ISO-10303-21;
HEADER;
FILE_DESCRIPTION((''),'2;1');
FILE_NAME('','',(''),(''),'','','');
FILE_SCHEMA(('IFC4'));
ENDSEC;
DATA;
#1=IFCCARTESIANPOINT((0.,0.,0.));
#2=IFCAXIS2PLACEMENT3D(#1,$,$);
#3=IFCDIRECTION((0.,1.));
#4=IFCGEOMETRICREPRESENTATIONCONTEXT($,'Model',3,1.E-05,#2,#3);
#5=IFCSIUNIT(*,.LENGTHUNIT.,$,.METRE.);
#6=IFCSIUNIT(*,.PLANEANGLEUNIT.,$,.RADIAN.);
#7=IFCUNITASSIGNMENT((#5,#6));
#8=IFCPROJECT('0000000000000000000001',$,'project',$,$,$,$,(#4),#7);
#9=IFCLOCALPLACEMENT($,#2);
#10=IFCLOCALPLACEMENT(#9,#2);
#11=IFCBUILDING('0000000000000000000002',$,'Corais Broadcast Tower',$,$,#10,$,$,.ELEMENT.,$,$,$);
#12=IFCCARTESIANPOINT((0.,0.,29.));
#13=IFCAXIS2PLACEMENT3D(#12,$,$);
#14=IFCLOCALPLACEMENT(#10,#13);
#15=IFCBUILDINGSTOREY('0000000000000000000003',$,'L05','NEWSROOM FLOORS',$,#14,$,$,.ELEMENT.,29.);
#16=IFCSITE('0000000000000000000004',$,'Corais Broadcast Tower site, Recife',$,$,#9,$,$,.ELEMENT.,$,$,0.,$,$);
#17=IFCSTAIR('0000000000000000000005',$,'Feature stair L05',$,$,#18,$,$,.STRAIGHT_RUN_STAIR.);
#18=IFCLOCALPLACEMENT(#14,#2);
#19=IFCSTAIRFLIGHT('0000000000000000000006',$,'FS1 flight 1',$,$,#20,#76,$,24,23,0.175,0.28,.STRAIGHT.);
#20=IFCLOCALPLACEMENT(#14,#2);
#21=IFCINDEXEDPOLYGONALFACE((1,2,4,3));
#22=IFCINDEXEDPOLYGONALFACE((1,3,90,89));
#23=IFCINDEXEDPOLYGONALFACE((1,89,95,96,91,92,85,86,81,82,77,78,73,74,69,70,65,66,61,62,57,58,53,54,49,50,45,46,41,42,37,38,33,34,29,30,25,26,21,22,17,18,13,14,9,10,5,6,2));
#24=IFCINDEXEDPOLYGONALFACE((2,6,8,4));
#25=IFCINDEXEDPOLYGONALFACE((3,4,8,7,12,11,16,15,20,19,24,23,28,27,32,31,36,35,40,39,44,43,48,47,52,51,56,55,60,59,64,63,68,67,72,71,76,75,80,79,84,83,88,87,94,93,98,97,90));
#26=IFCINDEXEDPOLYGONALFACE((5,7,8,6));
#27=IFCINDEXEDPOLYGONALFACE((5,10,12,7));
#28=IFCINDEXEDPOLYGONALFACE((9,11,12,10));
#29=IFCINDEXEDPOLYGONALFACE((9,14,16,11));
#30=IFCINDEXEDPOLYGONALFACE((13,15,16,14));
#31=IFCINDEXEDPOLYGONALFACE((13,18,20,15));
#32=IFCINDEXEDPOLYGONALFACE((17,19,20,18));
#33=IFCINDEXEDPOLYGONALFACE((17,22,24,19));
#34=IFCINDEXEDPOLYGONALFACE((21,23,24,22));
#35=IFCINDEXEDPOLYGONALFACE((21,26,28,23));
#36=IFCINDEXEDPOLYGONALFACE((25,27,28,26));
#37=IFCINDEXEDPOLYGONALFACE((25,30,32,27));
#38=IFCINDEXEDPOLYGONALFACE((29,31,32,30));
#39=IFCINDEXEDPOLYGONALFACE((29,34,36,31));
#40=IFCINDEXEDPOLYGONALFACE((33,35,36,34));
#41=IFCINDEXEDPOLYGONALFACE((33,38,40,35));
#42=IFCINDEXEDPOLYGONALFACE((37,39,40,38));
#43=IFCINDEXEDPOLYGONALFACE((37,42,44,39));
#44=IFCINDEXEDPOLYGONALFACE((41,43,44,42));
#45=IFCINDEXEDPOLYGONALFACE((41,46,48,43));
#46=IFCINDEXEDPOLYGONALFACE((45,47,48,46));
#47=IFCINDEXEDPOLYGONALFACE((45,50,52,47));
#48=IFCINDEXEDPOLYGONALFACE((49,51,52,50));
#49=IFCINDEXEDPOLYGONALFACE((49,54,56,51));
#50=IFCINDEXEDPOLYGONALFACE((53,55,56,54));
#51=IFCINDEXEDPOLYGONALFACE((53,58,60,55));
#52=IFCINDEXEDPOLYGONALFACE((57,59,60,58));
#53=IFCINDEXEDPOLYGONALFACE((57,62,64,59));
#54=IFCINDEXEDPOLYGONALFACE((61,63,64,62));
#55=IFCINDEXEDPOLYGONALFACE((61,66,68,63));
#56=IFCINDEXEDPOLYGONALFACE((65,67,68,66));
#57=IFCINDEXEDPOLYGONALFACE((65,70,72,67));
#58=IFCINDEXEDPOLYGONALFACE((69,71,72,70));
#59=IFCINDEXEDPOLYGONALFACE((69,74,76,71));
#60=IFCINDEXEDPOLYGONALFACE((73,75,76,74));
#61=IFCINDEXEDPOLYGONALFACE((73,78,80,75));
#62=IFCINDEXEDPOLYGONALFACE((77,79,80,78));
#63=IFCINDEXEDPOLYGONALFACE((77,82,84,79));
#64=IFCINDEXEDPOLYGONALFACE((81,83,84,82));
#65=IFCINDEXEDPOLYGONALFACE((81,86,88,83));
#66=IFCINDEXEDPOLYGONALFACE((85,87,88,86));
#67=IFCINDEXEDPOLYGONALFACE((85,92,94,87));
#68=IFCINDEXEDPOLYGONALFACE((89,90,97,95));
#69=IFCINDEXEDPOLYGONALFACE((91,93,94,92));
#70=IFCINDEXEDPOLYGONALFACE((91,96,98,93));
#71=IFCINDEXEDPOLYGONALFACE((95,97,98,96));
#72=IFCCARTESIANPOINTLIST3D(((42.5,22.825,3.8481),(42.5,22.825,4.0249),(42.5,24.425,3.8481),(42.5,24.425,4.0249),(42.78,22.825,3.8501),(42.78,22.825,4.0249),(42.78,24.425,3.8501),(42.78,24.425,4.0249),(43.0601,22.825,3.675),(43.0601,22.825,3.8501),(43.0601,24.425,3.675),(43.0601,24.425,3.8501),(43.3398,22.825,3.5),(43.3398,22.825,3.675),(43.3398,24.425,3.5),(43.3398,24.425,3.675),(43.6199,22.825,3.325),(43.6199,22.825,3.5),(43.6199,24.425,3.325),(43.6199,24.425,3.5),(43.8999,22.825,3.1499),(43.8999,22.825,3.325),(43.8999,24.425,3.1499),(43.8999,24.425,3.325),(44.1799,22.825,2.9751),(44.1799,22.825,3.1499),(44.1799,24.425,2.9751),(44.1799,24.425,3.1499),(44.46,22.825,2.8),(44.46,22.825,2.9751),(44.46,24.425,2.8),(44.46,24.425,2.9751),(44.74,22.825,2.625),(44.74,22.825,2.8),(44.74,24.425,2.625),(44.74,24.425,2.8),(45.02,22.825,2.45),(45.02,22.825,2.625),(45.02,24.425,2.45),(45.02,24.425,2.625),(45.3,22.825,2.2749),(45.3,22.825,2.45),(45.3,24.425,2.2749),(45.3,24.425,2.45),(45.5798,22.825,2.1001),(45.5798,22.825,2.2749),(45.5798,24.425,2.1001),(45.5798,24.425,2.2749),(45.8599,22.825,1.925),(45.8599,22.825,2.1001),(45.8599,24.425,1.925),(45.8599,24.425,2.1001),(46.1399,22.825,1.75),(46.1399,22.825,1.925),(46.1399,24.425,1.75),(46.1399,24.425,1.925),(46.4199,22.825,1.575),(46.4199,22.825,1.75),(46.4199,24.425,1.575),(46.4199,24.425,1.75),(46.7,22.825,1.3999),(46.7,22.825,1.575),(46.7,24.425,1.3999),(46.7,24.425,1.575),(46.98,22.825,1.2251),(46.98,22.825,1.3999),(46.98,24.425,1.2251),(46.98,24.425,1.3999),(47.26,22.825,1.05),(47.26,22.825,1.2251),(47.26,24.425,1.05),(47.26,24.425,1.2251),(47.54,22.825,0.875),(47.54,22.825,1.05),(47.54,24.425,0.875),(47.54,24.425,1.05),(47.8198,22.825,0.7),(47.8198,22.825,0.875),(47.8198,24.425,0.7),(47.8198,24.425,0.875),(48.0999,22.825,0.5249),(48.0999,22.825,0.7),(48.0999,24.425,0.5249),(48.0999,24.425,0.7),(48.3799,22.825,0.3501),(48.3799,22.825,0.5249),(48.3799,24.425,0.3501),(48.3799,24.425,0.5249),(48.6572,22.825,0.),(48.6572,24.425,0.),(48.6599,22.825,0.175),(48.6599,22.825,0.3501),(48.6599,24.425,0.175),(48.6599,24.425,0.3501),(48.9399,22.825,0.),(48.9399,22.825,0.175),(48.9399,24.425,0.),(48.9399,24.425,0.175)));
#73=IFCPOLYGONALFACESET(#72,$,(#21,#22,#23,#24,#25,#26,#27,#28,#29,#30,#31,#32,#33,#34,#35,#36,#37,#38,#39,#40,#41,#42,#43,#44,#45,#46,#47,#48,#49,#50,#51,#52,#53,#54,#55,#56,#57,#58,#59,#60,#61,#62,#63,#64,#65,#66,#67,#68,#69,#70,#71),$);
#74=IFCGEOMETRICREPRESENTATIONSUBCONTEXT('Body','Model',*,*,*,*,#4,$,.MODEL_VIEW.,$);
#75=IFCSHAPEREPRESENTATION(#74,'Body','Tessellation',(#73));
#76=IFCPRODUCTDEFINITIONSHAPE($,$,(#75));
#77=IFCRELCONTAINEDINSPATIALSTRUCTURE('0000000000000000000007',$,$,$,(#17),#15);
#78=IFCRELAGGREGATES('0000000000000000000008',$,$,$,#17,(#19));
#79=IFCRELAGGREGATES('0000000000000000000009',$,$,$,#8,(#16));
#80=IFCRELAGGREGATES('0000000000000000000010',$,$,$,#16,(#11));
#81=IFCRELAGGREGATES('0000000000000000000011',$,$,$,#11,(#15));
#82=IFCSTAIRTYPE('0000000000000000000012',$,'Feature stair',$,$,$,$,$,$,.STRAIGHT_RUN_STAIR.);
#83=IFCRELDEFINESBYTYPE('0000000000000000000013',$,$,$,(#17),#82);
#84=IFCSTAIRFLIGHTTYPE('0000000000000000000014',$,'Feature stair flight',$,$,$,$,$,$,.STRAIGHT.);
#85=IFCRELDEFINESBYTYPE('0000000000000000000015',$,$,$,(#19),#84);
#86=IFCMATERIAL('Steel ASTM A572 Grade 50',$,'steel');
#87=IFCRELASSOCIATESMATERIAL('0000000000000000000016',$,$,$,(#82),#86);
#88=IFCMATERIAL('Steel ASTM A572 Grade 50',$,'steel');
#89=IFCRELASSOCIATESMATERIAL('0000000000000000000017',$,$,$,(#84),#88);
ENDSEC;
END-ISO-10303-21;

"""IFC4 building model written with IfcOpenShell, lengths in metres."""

from ifc_helpers import new_model, si_unit, direction, frame, origin, place, context, subcontext, project, spatial, polyline, outline, extrude, material, type_object, element, aggregate, save


model = new_model("IFC4")

# Units and contexts
model_context = context("Model", 3, precision=1e-05, world=origin(), true_north=direction((0.0, 1.0)))
body_context = subcontext(model_context, "Body", "Model", "MODEL_VIEW")
ifc_project = project(units=[si_unit("LENGTHUNIT", "METRE"), si_unit("PLANEANGLEUNIT", "RADIAN")], contexts=[model_context])

# Site, building, storey
site_placement = place(None, origin())
site = spatial("IfcSite", under=ifc_project, at=site_placement, Name="Corais Broadcast Tower site, Recife", CompositionType="ELEMENT", RefElevation=0.0)
building_placement = place(site_placement, origin())
building = spatial("IfcBuilding", under=site, at=building_placement, Name="Corais Broadcast Tower", CompositionType="ELEMENT")
storey_placement = place(building_placement, frame((0.0, 0.0, 29.0)))
storey = spatial("IfcBuildingStorey", under=building, at=storey_placement, Name="L05", Description="NEWSROOM FLOORS", CompositionType="ELEMENT", Elevation=29.0)

# Stair, stair flight
ifc_material_1 = material(Name="Steel ASTM A572 Grade 50", Category="steel")
stair_type = type_object("IfcStairType", Name="Feature stair", PredefinedType="STRAIGHT_RUN_STAIR", material=ifc_material_1)
stair_placement = place(storey_placement, origin())
stair = element("IfcStair", 1, at=stair_placement, inside=storey, type_object=stair_type, Name="Feature stair L05", PredefinedType="STRAIGHT_RUN_STAIR")
ifc_material_2 = material(Name="Steel ASTM A572 Grade 50", Category="steel")
stair_flight_type = type_object("IfcStairFlightType", Name="Feature stair flight", PredefinedType="STRAIGHT", material=ifc_material_2)
stair_flight_placement = place(storey_placement, frame((48.9399, 23.625, 0.0), z_axis=(0.0, 0.0, 1.0), x_axis=(-1.0, 0.0, 0.0)))
stair_flight = element("IfcStairFlight", 2, at=stair_flight_placement, type_object=stair_flight_type, Name="FS1 flight 1", NumberOfRisers=24, NumberOfTreads=23, PredefinedType="STRAIGHT", RiserHeight=0.175, TreadLength=0.28, context=body_context, shape_type="SweptSolid", body=[
    extrude(outline(polyline([(0.0, 0.0), (0.0, 0.175), (0.28, 0.175), (0.28, 0.3501), (0.5601, 0.3501), (0.5601, 0.5249), (0.8401, 0.5249), (0.8401, 0.7), (1.1201, 0.7), (1.1201, 0.875), (1.3999, 0.875), (1.3999, 1.05), (1.6799, 1.05), (1.6799, 1.2251), (1.96, 1.2251), (1.96, 1.3999), (2.24, 1.3999), (2.24, 1.575), (2.52, 1.575), (2.52, 1.75), (2.8, 1.75), (2.8, 1.925), (3.0801, 1.925), (3.0801, 2.1001), (3.3601, 2.1001), (3.3601, 2.2749), (3.6399, 2.2749), (3.6399, 2.45), (3.9199, 2.45), (3.9199, 2.625), (4.2, 2.625), (4.2, 2.8), (4.48, 2.8), (4.48, 2.9751), (4.76, 2.9751), (4.76, 3.1499), (5.04, 3.1499), (5.04, 3.325), (5.3201, 3.325), (5.3201, 3.5), (5.6001, 3.5), (5.6001, 3.675), (5.8799, 3.675), (5.8799, 3.8501), (6.1599, 3.8501), (6.1599, 4.0249), (6.4399, 4.0249), (6.4399, 4.2), (6.4399, 3.8481), (0.2827, 0.0), (0.0, 0.0)])), frame((0.0, 0.8, 0.0), z_axis=(0.0, -1.0, 0.0), x_axis=(1.0, 0.0, 0.0)), (0.0, 0.0, 1.0), 1.6001),
])
aggregate(stair, [stair_flight])

save(model, "model.ifc")
